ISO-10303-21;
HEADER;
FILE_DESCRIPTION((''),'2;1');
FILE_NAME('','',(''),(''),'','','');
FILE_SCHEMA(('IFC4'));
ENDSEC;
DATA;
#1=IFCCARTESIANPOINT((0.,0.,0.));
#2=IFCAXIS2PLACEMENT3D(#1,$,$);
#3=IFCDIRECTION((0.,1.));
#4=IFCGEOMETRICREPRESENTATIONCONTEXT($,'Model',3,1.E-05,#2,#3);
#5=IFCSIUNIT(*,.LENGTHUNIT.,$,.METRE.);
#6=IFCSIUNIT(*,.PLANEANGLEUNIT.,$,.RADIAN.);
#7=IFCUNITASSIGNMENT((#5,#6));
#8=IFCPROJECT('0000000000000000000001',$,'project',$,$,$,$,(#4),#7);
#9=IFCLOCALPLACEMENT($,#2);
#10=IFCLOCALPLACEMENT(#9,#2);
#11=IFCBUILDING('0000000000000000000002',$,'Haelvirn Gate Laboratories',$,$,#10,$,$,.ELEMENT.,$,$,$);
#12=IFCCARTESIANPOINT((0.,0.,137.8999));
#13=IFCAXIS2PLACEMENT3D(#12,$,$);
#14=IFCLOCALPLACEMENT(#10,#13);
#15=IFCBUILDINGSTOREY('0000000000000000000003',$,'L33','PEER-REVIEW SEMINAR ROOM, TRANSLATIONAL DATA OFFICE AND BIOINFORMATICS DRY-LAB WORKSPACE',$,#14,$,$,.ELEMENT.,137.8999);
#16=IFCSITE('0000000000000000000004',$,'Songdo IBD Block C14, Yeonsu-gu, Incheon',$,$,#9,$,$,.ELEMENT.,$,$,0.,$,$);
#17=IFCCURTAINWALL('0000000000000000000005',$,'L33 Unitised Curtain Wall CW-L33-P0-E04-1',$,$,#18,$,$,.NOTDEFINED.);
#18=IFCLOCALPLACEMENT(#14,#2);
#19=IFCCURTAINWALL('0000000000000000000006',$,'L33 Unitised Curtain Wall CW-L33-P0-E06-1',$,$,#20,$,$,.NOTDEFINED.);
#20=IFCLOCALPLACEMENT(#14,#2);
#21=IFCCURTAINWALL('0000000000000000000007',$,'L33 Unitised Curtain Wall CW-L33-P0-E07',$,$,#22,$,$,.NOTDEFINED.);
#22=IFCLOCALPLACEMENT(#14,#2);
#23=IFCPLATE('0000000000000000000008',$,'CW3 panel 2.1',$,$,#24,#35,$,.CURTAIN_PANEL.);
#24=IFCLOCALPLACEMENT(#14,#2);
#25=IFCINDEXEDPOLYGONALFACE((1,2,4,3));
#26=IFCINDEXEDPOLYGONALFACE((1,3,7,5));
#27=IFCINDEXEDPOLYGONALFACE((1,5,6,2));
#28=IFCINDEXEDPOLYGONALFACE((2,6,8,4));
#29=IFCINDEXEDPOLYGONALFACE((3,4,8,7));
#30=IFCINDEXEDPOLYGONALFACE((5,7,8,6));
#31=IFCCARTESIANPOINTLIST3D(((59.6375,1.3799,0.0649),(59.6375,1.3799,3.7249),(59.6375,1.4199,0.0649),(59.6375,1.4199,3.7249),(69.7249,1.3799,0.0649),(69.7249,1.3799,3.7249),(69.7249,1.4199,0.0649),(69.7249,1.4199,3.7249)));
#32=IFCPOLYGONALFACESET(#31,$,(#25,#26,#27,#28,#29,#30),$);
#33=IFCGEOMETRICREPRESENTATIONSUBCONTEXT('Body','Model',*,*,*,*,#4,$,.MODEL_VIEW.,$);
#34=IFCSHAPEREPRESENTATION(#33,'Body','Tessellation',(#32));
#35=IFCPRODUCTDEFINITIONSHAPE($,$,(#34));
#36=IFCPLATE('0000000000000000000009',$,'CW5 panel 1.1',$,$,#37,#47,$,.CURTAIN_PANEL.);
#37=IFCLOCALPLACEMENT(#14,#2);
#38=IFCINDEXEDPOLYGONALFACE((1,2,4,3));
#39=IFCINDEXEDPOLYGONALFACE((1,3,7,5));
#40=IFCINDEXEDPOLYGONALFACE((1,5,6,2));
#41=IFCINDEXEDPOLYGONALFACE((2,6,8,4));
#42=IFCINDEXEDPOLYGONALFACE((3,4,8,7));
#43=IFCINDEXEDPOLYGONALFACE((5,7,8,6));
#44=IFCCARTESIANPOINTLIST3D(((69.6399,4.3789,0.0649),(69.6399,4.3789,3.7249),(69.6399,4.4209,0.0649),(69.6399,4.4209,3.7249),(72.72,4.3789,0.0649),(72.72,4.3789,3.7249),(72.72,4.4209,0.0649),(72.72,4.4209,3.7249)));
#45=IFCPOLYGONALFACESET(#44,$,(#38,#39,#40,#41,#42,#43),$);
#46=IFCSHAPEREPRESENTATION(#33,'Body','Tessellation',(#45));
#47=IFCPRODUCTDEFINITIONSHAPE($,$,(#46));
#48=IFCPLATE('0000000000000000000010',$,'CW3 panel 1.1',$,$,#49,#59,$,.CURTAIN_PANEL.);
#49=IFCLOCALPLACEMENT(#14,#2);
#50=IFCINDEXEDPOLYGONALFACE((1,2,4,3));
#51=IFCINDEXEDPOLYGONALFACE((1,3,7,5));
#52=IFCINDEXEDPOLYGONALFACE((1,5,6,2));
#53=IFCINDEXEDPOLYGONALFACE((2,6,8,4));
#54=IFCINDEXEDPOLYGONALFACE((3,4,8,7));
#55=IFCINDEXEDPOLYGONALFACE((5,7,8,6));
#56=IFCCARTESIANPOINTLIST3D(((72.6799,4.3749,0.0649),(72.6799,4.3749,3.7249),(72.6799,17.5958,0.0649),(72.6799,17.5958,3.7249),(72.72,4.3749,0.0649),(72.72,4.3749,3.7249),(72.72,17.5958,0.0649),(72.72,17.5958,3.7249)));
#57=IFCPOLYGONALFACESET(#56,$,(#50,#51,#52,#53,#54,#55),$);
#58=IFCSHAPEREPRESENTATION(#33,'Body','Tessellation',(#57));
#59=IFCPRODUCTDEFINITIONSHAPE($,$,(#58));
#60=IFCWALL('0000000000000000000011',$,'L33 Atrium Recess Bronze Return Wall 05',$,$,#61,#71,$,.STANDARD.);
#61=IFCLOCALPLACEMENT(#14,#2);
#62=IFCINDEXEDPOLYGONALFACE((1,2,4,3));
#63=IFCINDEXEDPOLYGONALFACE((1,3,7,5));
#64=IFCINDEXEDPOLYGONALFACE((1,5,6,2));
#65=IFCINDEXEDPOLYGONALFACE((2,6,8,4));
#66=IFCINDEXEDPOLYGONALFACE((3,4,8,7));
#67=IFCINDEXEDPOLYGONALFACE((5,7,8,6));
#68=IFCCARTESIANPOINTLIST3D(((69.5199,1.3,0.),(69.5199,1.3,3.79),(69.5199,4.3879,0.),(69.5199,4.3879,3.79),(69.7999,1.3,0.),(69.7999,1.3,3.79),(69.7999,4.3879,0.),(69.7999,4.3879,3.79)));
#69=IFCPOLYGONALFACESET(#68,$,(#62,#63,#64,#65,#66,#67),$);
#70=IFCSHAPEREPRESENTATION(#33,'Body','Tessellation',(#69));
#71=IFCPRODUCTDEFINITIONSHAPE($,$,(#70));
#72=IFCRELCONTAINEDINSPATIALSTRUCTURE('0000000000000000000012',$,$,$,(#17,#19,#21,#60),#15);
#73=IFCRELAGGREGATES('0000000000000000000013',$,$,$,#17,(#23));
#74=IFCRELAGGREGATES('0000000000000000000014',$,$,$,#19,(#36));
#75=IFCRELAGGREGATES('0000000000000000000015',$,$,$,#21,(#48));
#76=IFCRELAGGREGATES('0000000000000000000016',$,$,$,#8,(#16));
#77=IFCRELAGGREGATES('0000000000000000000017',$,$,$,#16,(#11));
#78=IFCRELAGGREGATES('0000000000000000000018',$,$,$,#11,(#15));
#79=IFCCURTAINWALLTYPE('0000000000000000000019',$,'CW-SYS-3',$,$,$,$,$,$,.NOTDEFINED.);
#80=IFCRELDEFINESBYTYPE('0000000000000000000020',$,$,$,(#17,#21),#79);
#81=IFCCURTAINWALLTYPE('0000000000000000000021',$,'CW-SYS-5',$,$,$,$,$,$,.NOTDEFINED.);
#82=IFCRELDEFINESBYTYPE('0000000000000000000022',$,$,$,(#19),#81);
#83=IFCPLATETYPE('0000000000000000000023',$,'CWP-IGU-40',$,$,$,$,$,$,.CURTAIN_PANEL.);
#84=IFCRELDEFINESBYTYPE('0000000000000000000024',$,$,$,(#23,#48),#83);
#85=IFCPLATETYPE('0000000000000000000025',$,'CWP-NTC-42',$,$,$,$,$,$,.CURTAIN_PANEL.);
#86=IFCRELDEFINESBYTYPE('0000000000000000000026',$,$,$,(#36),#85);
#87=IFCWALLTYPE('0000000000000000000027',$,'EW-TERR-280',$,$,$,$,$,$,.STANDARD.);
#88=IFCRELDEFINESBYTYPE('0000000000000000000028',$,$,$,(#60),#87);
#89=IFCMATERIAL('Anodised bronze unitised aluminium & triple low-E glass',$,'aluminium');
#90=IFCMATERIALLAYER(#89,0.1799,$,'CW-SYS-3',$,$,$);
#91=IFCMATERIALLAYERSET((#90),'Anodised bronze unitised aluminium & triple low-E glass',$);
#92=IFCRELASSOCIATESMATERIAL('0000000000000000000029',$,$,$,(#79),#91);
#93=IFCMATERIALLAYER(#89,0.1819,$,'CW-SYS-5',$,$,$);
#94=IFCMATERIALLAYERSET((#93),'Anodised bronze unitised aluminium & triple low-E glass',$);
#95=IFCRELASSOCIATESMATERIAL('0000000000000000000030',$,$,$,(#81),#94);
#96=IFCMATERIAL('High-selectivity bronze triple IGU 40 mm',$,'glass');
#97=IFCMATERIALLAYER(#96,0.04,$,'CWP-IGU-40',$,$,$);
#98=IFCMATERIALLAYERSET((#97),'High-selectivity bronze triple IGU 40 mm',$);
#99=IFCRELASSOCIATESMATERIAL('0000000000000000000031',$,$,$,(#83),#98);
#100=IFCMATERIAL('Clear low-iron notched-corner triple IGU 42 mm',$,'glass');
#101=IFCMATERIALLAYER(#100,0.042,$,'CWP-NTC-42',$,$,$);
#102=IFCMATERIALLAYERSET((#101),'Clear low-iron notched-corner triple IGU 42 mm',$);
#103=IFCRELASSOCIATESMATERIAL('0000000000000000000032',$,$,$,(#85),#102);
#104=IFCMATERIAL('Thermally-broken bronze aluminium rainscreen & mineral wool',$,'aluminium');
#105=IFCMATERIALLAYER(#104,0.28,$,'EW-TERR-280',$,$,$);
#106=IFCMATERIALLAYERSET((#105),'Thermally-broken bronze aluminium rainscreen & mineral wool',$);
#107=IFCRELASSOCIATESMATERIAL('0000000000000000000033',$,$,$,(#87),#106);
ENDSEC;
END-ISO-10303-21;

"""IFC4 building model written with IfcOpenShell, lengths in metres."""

from ifc_helpers import new_model, si_unit, direction, frame, frame_2d, origin, origin_2d, place, context, subcontext, project, spatial, rectangle, extrude, source, transform, mapped, material, layer, layer_set, type_object, type_shapes, element, aggregate, save


model = new_model("IFC4")

# Units and contexts
model_context = context("Model", 3, precision=1e-05, world=origin(), true_north=direction((0.0, 1.0)))
body_context = subcontext(model_context, "Body", "Model", "MODEL_VIEW")
ifc_project = project(units=[si_unit("LENGTHUNIT", "METRE"), si_unit("PLANEANGLEUNIT", "RADIAN")], contexts=[model_context])

# Site, building, storey
site_placement = place(None, origin())
site = spatial("IfcSite", under=ifc_project, at=site_placement, Name="Songdo IBD Block C14, Yeonsu-gu, Incheon", CompositionType="ELEMENT", RefElevation=0.0)
building_placement = place(site_placement, origin())
building = spatial("IfcBuilding", under=site, at=building_placement, Name="Haelvirn Gate Laboratories", CompositionType="ELEMENT")
storey_placement = place(building_placement, frame((0.0, 0.0, 137.8999)))
storey = spatial("IfcBuildingStorey", under=building, at=storey_placement, Name="L33", Description="PEER-REVIEW SEMINAR ROOM, TRANSLATIONAL DATA OFFICE AND BIOINFORMATICS DRY-LAB WORKSPACE", CompositionType="ELEMENT", Elevation=137.8999)

# Curtain walls
ifc_material_1 = material(Name="Anodised bronze unitised aluminium & triple low-E glass", Category="aluminium")
ifc_layer_1 = layer(ifc_material_1, 0.1799, Name="CW-SYS-3")
ifc_layer_set_1 = layer_set([ifc_layer_1], Name="Anodised bronze unitised aluminium & triple low-E glass")
curtain_wall_type_1 = type_object("IfcCurtainWallType", Name="CW-SYS-3", PredefinedType="NOTDEFINED", material=ifc_layer_set_1)
curtain_wall_1_placement = place(storey_placement, origin())
curtain_wall_1 = element("IfcCurtainWall", 1, at=curtain_wall_1_placement, inside=storey, type_object=curtain_wall_type_1, Name="L33 Unitised Curtain Wall CW-L33-P0-E04-1", PredefinedType="NOTDEFINED")
ifc_layer_2 = layer(ifc_material_1, 0.1819, Name="CW-SYS-5")
ifc_layer_set_2 = layer_set([ifc_layer_2], Name="Anodised bronze unitised aluminium & triple low-E glass")
curtain_wall_type_2 = type_object("IfcCurtainWallType", Name="CW-SYS-5", PredefinedType="NOTDEFINED", material=ifc_layer_set_2)
curtain_wall_2_placement = place(storey_placement, origin())
curtain_wall_2 = element("IfcCurtainWall", 2, at=curtain_wall_2_placement, inside=storey, type_object=curtain_wall_type_2, Name="L33 Unitised Curtain Wall CW-L33-P0-E06-1", PredefinedType="NOTDEFINED")
curtain_wall_3_placement = place(storey_placement, origin())
curtain_wall_3 = element("IfcCurtainWall", 3, at=curtain_wall_3_placement, inside=storey, type_object=curtain_wall_type_1, Name="L33 Unitised Curtain Wall CW-L33-P0-E07", PredefinedType="NOTDEFINED")

# Plates
ifc_material_2 = material(Name="High-selectivity bronze triple IGU 40 mm", Category="glass")
ifc_layer_3 = layer(ifc_material_2, 0.04, Name="CWP-IGU-40")
ifc_layer_set_3 = layer_set([ifc_layer_3], Name="High-selectivity bronze triple IGU 40 mm")
plate_type_1 = type_object("IfcPlateType", Name="CWP-IGU-40", PredefinedType="CURTAIN_PANEL", material=ifc_layer_set_3)
shared_shape_1 = source(origin(), body_context, "Body", "SweptSolid", [
    extrude(rectangle(XDim=10.0874, YDim=0.04, at=origin_2d()), origin(), (0.0, 0.0, 1.0), 3.6599),
])
plate_1_placement = place(storey_placement, frame((64.6812, 1.3999, 0.0649), z_axis=(0.0, 0.0, 1.0), x_axis=(1.0, 0.0, 0.0)))
plate_1 = element("IfcPlate", 4, at=plate_1_placement, type_object=plate_type_1, Name="CW3 panel 2.1", PredefinedType="CURTAIN_PANEL", context=body_context, shape_type="MappedRepresentation", body=[
    mapped(shared_shape_1, transform((0.0, 0.0, 0.0), scale=1.0)),
])
aggregate(curtain_wall_1, [plate_1])
ifc_material_3 = material(Name="Clear low-iron notched-corner triple IGU 42 mm", Category="glass")
ifc_layer_4 = layer(ifc_material_3, 0.042, Name="CWP-NTC-42")
ifc_layer_set_4 = layer_set([ifc_layer_4], Name="Clear low-iron notched-corner triple IGU 42 mm")
plate_type_2 = type_object("IfcPlateType", Name="CWP-NTC-42", PredefinedType="CURTAIN_PANEL", material=ifc_layer_set_4)
shared_shape_2 = source(origin(), body_context, "Body", "SweptSolid", [
    extrude(rectangle(XDim=3.0801, YDim=0.042, at=origin_2d()), origin(), (0.0, 0.0, 1.0), 3.6599),
])
type_shapes(plate_type_2, [shared_shape_2])
plate_2_placement = place(storey_placement, frame((71.1799, 4.3999, 0.0649), z_axis=(0.0, 0.0, 1.0), x_axis=(1.0, 0.0, 0.0)))
plate_2 = element("IfcPlate", 5, at=plate_2_placement, type_object=plate_type_2, Name="CW5 panel 1.1", PredefinedType="CURTAIN_PANEL", context=body_context, shape_type="MappedRepresentation", body=[
    mapped(shared_shape_2, transform((0.0, 0.0, 0.0), scale=1.0)),
])
aggregate(curtain_wall_2, [plate_2])
shared_shape_3 = source(origin(), body_context, "Body", "SweptSolid", [
    extrude(rectangle(XDim=13.2209, YDim=0.04, at=origin_2d()), origin(), (0.0, 0.0, 1.0), 3.6599),
])
type_shapes(plate_type_1, [shared_shape_1, shared_shape_3])
plate_3_placement = place(storey_placement, frame((72.7, 10.9854, 0.0649), z_axis=(0.0, 0.0, 1.0), x_axis=(0.0, 1.0, 0.0)))
plate_3 = element("IfcPlate", 6, at=plate_3_placement, type_object=plate_type_1, Name="CW3 panel 1.1", PredefinedType="CURTAIN_PANEL", context=body_context, shape_type="MappedRepresentation", body=[
    mapped(shared_shape_3, transform((0.0, 0.0, 0.0), scale=1.0)),
])
aggregate(curtain_wall_3, [plate_3])

# Wall
ifc_material_4 = material(Name="Thermally-broken bronze aluminium rainscreen & mineral wool", Category="aluminium")
ifc_layer_5 = layer(ifc_material_4, 0.28, Name="EW-TERR-280")
ifc_layer_set_5 = layer_set([ifc_layer_5], Name="Thermally-broken bronze aluminium rainscreen & mineral wool")
wall_type = type_object("IfcWallType", Name="EW-TERR-280", PredefinedType="STANDARD", material=ifc_layer_set_5)
wall_placement = place(storey_placement, frame((69.6599, 1.3, 0.0), z_axis=(0.0, 0.0, 1.0), x_axis=(0.0, 1.0, 0.0)))
element("IfcWall", 7, at=wall_placement, inside=storey, type_object=wall_type, Name="L33 Atrium Recess Bronze Return Wall 05", PredefinedType="STANDARD", context=body_context, shape_type="SweptSolid", body=[
    extrude(rectangle(XDim=3.0879, YDim=0.28, at=frame_2d((1.5439, 0.0))), origin(), (0.0, 0.0, 1.0), 3.79),
])

save(model, "model.ifc")
